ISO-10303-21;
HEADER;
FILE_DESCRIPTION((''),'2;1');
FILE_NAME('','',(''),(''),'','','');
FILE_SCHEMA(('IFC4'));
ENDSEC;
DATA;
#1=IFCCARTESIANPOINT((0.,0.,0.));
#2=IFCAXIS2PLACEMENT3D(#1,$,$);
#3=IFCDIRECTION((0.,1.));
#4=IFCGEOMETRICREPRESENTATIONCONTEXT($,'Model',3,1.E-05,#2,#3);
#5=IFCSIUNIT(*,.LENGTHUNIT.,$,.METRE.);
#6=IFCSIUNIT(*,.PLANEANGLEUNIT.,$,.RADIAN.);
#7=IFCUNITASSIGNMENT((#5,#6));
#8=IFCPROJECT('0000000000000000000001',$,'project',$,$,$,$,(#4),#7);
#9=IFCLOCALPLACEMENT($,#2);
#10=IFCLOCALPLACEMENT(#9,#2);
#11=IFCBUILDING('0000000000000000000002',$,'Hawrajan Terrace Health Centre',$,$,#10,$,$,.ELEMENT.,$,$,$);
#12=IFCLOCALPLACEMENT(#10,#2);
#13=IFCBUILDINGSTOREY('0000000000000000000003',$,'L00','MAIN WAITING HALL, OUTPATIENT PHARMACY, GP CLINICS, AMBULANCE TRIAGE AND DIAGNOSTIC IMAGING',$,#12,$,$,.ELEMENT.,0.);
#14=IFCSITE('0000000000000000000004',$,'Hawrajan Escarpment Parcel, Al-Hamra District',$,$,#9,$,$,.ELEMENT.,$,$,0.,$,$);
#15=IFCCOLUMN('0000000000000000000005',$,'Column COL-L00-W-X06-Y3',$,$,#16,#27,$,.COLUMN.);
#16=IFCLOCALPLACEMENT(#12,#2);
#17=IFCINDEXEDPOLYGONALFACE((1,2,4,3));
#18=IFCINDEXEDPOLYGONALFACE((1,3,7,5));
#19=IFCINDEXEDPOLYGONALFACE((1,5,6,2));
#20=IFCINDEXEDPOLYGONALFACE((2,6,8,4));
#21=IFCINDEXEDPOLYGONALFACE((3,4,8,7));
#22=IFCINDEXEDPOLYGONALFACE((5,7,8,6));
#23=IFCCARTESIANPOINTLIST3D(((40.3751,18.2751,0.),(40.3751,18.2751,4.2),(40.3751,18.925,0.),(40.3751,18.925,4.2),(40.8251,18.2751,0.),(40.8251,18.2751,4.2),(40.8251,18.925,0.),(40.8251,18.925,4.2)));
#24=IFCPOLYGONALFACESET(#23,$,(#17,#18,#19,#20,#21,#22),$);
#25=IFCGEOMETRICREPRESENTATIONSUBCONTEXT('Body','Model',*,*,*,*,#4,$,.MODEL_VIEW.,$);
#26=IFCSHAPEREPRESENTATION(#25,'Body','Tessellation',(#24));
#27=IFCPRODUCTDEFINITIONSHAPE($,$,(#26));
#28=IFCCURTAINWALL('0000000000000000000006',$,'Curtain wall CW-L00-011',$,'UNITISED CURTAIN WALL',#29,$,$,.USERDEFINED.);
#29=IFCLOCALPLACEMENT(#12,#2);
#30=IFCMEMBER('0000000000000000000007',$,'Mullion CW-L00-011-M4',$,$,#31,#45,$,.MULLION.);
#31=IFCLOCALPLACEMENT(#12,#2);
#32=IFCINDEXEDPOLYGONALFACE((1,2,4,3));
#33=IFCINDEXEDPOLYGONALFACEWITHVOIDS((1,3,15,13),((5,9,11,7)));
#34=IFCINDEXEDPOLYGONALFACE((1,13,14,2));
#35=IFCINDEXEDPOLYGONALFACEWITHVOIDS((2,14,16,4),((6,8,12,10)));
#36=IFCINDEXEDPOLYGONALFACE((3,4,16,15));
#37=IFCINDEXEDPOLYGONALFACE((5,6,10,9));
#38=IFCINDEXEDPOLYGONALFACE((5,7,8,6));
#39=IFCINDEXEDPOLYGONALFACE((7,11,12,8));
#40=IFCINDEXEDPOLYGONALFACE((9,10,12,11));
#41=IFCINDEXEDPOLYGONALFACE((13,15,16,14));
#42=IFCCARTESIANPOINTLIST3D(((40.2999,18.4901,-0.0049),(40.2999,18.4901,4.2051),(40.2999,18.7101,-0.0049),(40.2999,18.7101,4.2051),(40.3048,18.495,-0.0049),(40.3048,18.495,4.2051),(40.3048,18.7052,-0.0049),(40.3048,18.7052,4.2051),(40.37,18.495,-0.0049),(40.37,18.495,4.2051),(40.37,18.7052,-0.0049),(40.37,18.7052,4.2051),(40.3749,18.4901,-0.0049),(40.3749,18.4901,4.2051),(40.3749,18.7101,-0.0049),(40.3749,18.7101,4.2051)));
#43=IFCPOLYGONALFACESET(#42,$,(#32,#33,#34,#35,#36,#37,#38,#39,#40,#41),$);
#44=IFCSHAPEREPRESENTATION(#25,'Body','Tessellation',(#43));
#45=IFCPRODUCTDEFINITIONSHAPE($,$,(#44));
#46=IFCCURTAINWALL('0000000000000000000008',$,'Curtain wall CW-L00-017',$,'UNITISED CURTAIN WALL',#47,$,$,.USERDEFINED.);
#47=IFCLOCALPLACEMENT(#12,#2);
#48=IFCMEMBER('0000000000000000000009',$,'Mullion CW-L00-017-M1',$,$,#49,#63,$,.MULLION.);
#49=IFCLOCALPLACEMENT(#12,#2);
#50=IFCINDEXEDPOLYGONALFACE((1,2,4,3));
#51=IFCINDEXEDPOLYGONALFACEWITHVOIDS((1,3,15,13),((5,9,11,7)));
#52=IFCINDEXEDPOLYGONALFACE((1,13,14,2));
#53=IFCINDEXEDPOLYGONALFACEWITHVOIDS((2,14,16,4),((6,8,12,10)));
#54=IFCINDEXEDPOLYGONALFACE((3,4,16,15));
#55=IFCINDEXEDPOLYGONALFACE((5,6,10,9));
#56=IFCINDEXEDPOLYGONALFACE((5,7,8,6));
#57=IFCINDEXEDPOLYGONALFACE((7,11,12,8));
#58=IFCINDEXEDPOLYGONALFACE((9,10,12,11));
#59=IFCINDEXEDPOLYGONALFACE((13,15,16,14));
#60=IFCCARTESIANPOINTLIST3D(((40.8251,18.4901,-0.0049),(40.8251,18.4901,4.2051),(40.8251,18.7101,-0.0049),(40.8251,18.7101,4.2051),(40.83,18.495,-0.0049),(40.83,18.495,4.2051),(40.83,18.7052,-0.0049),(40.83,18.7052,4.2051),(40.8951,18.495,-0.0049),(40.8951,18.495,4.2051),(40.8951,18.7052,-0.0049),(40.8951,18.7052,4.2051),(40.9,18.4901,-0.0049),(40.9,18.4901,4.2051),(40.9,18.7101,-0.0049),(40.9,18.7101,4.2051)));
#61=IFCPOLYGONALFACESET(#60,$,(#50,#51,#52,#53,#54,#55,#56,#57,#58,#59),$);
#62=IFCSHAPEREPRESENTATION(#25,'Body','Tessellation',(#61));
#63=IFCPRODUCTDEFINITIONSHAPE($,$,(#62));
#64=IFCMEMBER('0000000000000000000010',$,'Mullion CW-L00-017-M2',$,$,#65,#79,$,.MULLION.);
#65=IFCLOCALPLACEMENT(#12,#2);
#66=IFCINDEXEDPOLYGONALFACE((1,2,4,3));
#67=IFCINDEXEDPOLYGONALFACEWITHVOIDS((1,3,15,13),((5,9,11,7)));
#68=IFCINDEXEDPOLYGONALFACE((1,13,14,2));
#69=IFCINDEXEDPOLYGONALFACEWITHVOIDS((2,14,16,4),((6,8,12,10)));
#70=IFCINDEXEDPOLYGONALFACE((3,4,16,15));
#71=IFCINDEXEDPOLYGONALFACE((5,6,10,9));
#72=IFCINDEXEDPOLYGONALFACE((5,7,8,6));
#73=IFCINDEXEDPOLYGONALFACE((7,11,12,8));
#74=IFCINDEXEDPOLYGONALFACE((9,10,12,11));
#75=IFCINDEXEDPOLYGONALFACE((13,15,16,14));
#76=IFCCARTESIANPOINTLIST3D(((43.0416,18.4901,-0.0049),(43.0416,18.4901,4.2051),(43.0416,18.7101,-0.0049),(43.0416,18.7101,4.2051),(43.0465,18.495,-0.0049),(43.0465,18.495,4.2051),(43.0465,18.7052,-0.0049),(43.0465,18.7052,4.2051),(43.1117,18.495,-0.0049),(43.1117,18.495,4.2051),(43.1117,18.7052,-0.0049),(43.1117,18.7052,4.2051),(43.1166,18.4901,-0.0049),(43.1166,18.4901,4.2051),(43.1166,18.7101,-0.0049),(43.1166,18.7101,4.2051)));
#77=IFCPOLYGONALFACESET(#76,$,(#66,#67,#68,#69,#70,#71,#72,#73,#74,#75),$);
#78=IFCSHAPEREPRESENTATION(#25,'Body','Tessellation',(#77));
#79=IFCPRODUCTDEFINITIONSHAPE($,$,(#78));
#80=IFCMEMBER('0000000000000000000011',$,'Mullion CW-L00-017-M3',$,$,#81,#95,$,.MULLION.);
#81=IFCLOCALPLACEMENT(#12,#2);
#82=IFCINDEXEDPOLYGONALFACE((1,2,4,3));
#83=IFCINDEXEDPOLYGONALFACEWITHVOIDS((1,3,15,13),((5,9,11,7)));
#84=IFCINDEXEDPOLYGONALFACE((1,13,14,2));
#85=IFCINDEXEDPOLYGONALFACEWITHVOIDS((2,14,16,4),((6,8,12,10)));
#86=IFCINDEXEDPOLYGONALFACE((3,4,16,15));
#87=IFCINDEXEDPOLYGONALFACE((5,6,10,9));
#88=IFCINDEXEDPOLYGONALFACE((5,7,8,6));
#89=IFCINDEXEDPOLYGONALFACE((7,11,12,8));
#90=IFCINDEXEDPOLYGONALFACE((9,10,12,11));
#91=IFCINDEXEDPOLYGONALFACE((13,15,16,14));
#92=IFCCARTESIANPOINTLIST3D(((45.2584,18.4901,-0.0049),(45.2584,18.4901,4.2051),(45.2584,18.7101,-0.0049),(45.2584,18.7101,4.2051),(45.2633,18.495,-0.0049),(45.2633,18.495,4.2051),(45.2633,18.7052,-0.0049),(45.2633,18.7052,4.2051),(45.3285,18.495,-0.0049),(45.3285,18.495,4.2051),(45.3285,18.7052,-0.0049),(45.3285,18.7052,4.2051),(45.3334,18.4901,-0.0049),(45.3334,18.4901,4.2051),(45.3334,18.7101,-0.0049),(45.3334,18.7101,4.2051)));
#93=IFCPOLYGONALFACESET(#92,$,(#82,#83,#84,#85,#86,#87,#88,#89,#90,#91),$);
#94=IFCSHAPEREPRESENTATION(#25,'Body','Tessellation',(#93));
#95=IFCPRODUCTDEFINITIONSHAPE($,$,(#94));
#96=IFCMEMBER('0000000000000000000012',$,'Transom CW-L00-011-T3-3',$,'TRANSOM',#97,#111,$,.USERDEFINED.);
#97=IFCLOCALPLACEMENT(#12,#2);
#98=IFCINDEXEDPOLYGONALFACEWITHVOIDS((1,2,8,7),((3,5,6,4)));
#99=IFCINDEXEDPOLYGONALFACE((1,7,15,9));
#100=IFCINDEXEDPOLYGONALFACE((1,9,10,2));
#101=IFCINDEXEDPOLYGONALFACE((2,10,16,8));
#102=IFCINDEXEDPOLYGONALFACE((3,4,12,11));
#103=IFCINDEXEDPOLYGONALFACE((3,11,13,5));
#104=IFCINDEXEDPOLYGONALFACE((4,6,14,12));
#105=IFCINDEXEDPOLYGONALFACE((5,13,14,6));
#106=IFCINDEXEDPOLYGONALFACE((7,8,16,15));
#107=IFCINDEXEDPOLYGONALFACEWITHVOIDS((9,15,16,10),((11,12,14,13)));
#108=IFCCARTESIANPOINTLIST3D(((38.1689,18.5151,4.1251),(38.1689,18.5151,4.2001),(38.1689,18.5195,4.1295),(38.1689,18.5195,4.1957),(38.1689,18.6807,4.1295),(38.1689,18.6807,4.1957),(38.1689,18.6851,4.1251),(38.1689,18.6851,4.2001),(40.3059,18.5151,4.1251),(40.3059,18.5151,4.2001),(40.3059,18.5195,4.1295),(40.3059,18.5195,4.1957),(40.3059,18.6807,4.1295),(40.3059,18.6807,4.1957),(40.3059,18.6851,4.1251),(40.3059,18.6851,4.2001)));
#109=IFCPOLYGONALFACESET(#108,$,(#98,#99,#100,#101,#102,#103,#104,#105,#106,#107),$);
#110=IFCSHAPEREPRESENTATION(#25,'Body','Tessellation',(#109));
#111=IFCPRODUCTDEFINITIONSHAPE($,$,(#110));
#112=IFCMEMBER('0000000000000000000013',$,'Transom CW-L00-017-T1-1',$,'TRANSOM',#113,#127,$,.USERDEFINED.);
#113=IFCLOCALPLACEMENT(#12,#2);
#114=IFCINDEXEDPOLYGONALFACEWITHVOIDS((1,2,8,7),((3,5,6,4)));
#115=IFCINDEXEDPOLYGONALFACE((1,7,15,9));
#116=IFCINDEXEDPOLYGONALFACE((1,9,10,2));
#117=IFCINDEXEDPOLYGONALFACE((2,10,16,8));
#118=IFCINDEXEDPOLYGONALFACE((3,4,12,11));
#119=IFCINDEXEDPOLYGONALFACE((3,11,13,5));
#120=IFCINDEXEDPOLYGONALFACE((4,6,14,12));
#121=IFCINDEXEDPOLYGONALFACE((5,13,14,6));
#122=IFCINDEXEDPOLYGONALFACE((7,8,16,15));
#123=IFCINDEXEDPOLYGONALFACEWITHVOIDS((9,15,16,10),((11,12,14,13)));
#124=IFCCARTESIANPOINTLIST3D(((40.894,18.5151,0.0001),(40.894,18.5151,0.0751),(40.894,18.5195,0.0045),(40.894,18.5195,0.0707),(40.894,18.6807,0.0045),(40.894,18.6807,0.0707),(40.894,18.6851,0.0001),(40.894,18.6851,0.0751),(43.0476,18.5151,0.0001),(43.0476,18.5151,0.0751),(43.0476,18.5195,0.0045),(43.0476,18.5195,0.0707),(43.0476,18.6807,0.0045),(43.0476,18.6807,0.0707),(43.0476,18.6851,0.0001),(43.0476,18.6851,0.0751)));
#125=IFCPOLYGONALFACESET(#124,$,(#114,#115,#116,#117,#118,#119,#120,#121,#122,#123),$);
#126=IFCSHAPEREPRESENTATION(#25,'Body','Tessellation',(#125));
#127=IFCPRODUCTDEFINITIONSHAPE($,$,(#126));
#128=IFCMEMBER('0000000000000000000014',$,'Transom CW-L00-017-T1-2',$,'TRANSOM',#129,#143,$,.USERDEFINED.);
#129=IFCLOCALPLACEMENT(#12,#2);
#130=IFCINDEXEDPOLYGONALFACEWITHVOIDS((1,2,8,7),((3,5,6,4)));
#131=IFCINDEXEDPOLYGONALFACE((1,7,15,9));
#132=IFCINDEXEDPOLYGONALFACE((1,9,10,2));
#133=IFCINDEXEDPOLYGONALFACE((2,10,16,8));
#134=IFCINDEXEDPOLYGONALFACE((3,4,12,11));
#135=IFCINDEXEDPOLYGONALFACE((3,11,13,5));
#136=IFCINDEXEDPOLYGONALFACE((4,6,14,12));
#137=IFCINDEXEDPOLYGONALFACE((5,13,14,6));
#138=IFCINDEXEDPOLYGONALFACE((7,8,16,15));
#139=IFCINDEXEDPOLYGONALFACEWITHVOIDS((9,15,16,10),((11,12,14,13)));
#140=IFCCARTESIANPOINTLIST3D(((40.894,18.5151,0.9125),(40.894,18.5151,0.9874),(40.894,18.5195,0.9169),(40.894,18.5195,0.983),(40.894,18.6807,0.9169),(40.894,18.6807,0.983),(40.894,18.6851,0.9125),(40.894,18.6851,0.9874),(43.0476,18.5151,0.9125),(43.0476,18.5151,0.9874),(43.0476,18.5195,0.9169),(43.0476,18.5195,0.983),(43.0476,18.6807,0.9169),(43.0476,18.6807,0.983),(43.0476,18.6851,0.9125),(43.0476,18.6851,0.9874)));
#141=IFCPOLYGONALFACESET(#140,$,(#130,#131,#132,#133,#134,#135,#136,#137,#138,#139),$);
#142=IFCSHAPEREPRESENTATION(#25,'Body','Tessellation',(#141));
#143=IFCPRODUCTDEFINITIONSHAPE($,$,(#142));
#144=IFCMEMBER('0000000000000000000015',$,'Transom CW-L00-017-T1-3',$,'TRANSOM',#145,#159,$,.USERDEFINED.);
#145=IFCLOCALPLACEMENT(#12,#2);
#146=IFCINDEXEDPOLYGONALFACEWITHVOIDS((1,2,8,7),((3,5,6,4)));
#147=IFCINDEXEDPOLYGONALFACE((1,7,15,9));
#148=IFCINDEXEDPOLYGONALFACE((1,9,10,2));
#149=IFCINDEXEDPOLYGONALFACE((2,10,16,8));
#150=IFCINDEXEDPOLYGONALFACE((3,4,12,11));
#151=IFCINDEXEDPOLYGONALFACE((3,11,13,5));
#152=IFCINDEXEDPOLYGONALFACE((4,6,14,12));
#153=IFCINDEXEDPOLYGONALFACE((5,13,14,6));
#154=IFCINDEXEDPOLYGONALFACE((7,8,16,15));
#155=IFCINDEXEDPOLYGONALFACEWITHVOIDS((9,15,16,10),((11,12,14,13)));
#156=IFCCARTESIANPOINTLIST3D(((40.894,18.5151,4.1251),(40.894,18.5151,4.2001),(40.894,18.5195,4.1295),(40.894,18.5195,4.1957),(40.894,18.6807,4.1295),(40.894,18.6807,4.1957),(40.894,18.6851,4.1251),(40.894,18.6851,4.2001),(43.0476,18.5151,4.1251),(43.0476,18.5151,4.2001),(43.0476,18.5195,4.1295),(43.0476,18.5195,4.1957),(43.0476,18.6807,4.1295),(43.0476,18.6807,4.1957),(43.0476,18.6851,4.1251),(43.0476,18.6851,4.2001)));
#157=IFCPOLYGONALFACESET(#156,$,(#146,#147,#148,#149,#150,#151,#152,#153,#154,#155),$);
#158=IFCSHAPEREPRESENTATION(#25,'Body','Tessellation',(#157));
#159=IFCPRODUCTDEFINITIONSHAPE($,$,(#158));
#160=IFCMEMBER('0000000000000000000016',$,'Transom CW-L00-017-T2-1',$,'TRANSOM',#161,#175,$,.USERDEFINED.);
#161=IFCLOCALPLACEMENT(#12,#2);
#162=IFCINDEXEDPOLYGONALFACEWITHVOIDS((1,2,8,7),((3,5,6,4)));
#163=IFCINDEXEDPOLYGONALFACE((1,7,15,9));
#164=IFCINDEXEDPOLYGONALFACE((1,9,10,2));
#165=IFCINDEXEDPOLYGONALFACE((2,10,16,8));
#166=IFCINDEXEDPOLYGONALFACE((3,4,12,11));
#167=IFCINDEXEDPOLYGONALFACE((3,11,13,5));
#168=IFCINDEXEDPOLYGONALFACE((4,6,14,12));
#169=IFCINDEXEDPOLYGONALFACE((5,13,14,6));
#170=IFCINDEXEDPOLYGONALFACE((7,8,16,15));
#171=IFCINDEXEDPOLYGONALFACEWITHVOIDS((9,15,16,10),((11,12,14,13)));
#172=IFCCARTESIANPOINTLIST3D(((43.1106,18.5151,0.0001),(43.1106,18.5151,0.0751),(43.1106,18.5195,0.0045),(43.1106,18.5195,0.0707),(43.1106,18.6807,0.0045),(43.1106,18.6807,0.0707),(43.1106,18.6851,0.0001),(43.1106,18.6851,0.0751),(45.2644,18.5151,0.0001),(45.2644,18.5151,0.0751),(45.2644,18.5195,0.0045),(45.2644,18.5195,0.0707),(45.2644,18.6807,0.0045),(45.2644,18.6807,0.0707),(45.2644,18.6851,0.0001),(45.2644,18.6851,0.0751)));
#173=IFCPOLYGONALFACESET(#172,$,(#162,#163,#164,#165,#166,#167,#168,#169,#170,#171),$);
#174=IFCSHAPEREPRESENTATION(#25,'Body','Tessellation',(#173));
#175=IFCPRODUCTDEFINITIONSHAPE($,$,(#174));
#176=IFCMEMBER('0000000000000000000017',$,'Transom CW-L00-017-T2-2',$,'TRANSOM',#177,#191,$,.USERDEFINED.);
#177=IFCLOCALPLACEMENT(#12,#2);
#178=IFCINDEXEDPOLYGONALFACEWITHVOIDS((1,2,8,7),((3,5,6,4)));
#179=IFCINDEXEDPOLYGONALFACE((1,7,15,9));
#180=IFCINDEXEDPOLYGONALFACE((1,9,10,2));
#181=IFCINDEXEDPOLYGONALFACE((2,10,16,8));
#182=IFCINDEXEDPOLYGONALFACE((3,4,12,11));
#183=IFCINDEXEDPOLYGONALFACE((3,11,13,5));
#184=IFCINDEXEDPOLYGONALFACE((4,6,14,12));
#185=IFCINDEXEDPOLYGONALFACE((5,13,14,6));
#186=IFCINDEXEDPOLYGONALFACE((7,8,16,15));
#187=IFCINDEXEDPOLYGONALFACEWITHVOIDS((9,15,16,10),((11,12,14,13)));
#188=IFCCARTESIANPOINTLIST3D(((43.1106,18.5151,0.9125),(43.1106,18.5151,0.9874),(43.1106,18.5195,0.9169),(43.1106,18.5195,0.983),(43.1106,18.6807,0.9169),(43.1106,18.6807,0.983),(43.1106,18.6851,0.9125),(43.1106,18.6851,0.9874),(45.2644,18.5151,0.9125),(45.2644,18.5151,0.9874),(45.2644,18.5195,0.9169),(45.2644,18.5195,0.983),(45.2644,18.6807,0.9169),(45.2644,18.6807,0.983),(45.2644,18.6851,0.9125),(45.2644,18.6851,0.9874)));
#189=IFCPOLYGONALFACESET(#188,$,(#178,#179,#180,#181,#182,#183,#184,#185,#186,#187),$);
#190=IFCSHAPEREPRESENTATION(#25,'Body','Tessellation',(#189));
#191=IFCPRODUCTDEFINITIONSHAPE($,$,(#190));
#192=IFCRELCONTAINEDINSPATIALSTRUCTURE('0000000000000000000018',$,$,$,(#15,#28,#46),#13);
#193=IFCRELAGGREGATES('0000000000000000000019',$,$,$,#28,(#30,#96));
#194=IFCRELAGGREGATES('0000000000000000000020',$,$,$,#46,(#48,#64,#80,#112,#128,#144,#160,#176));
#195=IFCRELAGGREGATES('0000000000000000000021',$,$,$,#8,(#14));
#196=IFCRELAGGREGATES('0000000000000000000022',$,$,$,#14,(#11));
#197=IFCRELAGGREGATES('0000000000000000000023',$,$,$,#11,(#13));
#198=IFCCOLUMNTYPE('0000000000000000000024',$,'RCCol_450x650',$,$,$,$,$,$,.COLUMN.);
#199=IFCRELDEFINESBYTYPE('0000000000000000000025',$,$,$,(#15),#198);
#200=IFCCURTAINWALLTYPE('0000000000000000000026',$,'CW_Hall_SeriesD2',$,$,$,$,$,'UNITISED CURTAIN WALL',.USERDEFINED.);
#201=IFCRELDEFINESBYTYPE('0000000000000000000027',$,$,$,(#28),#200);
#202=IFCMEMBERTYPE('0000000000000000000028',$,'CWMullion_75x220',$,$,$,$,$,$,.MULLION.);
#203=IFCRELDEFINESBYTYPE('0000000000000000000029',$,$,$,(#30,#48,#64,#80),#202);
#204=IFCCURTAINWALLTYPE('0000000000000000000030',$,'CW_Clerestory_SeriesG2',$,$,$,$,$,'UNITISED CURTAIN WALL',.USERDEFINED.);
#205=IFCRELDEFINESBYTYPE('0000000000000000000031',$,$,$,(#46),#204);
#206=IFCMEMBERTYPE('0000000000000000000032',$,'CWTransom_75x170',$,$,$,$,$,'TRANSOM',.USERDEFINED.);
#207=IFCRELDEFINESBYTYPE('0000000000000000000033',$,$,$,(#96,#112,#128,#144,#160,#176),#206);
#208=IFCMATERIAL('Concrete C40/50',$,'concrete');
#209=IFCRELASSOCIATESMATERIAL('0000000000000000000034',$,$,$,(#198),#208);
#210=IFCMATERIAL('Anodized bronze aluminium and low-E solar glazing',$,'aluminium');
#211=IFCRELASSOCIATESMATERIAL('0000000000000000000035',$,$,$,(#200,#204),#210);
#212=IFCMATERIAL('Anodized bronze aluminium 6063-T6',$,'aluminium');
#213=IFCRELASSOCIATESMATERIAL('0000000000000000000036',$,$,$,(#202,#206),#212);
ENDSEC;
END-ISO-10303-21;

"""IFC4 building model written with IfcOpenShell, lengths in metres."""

from ifc_helpers import new_model, si_unit, direction, frame, origin, origin_2d, place, context, subcontext, project, spatial, rectangle, hollow_rectangle, extrude, material, material_profile, profile_set, type_object, element, aggregate, save


model = new_model("IFC4")

# Units and contexts
model_context = context("Model", 3, precision=1e-05, world=origin(), true_north=direction((0.0, 1.0)))
body_context = subcontext(model_context, "Body", "Model", "MODEL_VIEW")
ifc_project = project(units=[si_unit("LENGTHUNIT", "METRE"), si_unit("PLANEANGLEUNIT", "RADIAN")], contexts=[model_context])

# Site, building, storey
site_placement = place(None, origin())
site = spatial("IfcSite", under=ifc_project, at=site_placement, Name="Hawrajan Escarpment Parcel, Al-Hamra District", CompositionType="ELEMENT", RefElevation=0.0)
building_placement = place(site_placement, origin())
building = spatial("IfcBuilding", under=site, at=building_placement, Name="Hawrajan Terrace Health Centre", CompositionType="ELEMENT")
storey_placement = place(building_placement, origin())
storey = spatial("IfcBuildingStorey", under=building, at=storey_placement, Name="L00", Description="MAIN WAITING HALL, OUTPATIENT PHARMACY, GP CLINICS, AMBULANCE TRIAGE AND DIAGNOSTIC IMAGING", CompositionType="ELEMENT", Elevation=0.0)

# Column
ifc_material_1 = material(Name="Concrete C40/50", Category="concrete")
ifc_material_profile_1 = material_profile(ifc_material_1, rectangle(XDim=0.45, YDim=0.6499, at=origin_2d()), Name="RC 450x650")
ifc_profile_set_1 = profile_set([ifc_material_profile_1], Name="Concrete C40/50")
column_type = type_object("IfcColumnType", Name="RCCol_450x650", PredefinedType="COLUMN", material=ifc_profile_set_1)
column_placement = place(storey_placement, frame((40.6001, 18.6001, 0.0), z_axis=(0.0, 0.0, 1.0), x_axis=(1.0, 0.0, 0.0)))
element("IfcColumn", 1, at=column_placement, inside=storey, type_object=column_type, Name="Column COL-L00-W-X06-Y3", PredefinedType="COLUMN", context=body_context, shape_type="SweptSolid", body=[
    extrude(rectangle(XDim=0.45, YDim=0.6499, at=origin_2d()), origin(), (0.0, 0.0, 1.0), 4.2),
])

# Curtain wall, member
ifc_material_2 = material(Name="Anodized bronze aluminium and low-E solar glazing", Category="aluminium")
curtain_wall_type_1 = type_object("IfcCurtainWallType", Name="CW_Hall_SeriesD2", ElementType="UNITISED CURTAIN WALL", PredefinedType="USERDEFINED", material=ifc_material_2)
curtain_wall_1_placement = place(storey_placement, origin())
curtain_wall_1 = element("IfcCurtainWall", 2, at=curtain_wall_1_placement, inside=storey, type_object=curtain_wall_type_1, Name="Curtain wall CW-L00-011", ObjectType="UNITISED CURTAIN WALL", PredefinedType="USERDEFINED")
ifc_material_3 = material(Name="Anodized bronze aluminium 6063-T6", Category="aluminium")
ifc_material_profile_2 = material_profile(ifc_material_3, hollow_rectangle(XDim=0.075, YDim=0.22, WallThickness=0.0049, at=origin_2d()), Name="CW MUL 75x220")
ifc_profile_set_2 = profile_set([ifc_material_profile_2], Name="Anodized bronze aluminium 6063-T6")
member_type_1 = type_object("IfcMemberType", Name="CWMullion_75x220", PredefinedType="MULLION", material=ifc_profile_set_2)
member_1_placement = place(storey_placement, frame((40.3374, 18.6001, -0.0049), z_axis=(0.0, 0.0, 1.0), x_axis=(1.0, 0.0, 0.0)))
member_1 = element("IfcMember", 3, at=member_1_placement, type_object=member_type_1, Name="Mullion CW-L00-011-M4", PredefinedType="MULLION", context=body_context, shape_type="SweptSolid", body=[
    extrude(hollow_rectangle(XDim=0.075, YDim=0.22, WallThickness=0.0049, at=origin_2d()), origin(), (0.0, 0.0, 1.0), 4.21),
])

# Curtain wall, members
curtain_wall_type_2 = type_object("IfcCurtainWallType", Name="CW_Clerestory_SeriesG2", ElementType="UNITISED CURTAIN WALL", PredefinedType="USERDEFINED", material=ifc_material_2)
curtain_wall_2_placement = place(storey_placement, origin())
curtain_wall_2 = element("IfcCurtainWall", 4, at=curtain_wall_2_placement, inside=storey, type_object=curtain_wall_type_2, Name="Curtain wall CW-L00-017", ObjectType="UNITISED CURTAIN WALL", PredefinedType="USERDEFINED")
member_2_placement = place(storey_placement, frame((40.8625, 18.6001, -0.0049), z_axis=(0.0, 0.0, 1.0), x_axis=(1.0, 0.0, 0.0)))
member_2 = element("IfcMember", 5, at=member_2_placement, type_object=member_type_1, Name="Mullion CW-L00-017-M1", PredefinedType="MULLION", context=body_context, shape_type="SweptSolid", body=[
    extrude(hollow_rectangle(XDim=0.075, YDim=0.22, WallThickness=0.0049, at=origin_2d()), origin(), (0.0, 0.0, 1.0), 4.21),
])
member_3_placement = place(storey_placement, frame((43.0791, 18.6001, -0.0049), z_axis=(0.0, 0.0, 1.0), x_axis=(1.0, 0.0, 0.0)))
member_3 = element("IfcMember", 6, at=member_3_placement, type_object=member_type_1, Name="Mullion CW-L00-017-M2", PredefinedType="MULLION", context=body_context, shape_type="SweptSolid", body=[
    extrude(hollow_rectangle(XDim=0.075, YDim=0.22, WallThickness=0.0049, at=origin_2d()), origin(), (0.0, 0.0, 1.0), 4.21),
])
member_4_placement = place(storey_placement, frame((45.2959, 18.6001, -0.0049), z_axis=(0.0, 0.0, 1.0), x_axis=(1.0, 0.0, 0.0)))
member_4 = element("IfcMember", 7, at=member_4_placement, type_object=member_type_1, Name="Mullion CW-L00-017-M3", PredefinedType="MULLION", context=body_context, shape_type="SweptSolid", body=[
    extrude(hollow_rectangle(XDim=0.075, YDim=0.22, WallThickness=0.0049, at=origin_2d()), origin(), (0.0, 0.0, 1.0), 4.21),
])

# Members
ifc_material_profile_3 = material_profile(ifc_material_3, hollow_rectangle(XDim=0.075, YDim=0.1699, WallThickness=0.0044, at=origin_2d()), Name="CW TRN 75x170")
ifc_profile_set_3 = profile_set([ifc_material_profile_3], Name="Anodized bronze aluminium 6063-T6")
member_type_2 = type_object("IfcMemberType", Name="CWTransom_75x170", ElementType="TRANSOM", PredefinedType="USERDEFINED", material=ifc_profile_set_3)
member_5_placement = place(storey_placement, frame((38.1689, 18.6001, 4.1626), z_axis=(1.0, 0.0, 0.0), x_axis=(0.0, 0.0, 1.0)))
member_5 = element("IfcMember", 8, at=member_5_placement, type_object=member_type_2, Name="Transom CW-L00-011-T3-3", ObjectType="TRANSOM", PredefinedType="USERDEFINED", context=body_context, shape_type="SweptSolid", body=[
    extrude(hollow_rectangle(XDim=0.075, YDim=0.1699, WallThickness=0.0044, at=origin_2d()), origin(), (0.0, 0.0, 1.0), 2.137),
])
member_6_placement = place(storey_placement, frame((40.894, 18.6001, 0.0376), z_axis=(1.0, 0.0, 0.0), x_axis=(0.0, 0.0, 1.0)))
member_6 = element("IfcMember", 9, at=member_6_placement, type_object=member_type_2, Name="Transom CW-L00-017-T1-1", ObjectType="TRANSOM", PredefinedType="USERDEFINED", context=body_context, shape_type="SweptSolid", body=[
    extrude(hollow_rectangle(XDim=0.075, YDim=0.1699, WallThickness=0.0044, at=origin_2d()), origin(), (0.0, 0.0, 1.0), 2.1536),
])
member_7_placement = place(storey_placement, frame((40.894, 18.6001, 0.95), z_axis=(1.0, 0.0, 0.0), x_axis=(0.0, 0.0, 1.0)))
member_7 = element("IfcMember", 10, at=member_7_placement, type_object=member_type_2, Name="Transom CW-L00-017-T1-2", ObjectType="TRANSOM", PredefinedType="USERDEFINED", context=body_context, shape_type="SweptSolid", body=[
    extrude(hollow_rectangle(XDim=0.075, YDim=0.1699, WallThickness=0.0044, at=origin_2d()), origin(), (0.0, 0.0, 1.0), 2.1536),
])
member_8_placement = place(storey_placement, frame((40.894, 18.6001, 4.1626), z_axis=(1.0, 0.0, 0.0), x_axis=(0.0, 0.0, 1.0)))
member_8 = element("IfcMember", 11, at=member_8_placement, type_object=member_type_2, Name="Transom CW-L00-017-T1-3", ObjectType="TRANSOM", PredefinedType="USERDEFINED", context=body_context, shape_type="SweptSolid", body=[
    extrude(hollow_rectangle(XDim=0.075, YDim=0.1699, WallThickness=0.0044, at=origin_2d()), origin(), (0.0, 0.0, 1.0), 2.1536),
])
member_9_placement = place(storey_placement, frame((43.1106, 18.6001, 0.0376), z_axis=(1.0, 0.0, 0.0), x_axis=(0.0, 0.0, 1.0)))
member_9 = element("IfcMember", 12, at=member_9_placement, type_object=member_type_2, Name="Transom CW-L00-017-T2-1", ObjectType="TRANSOM", PredefinedType="USERDEFINED", context=body_context, shape_type="SweptSolid", body=[
    extrude(hollow_rectangle(XDim=0.075, YDim=0.1699, WallThickness=0.0044, at=origin_2d()), origin(), (0.0, 0.0, 1.0), 2.1538),
])
member_10_placement = place(storey_placement, frame((43.1106, 18.6001, 0.95), z_axis=(1.0, 0.0, 0.0), x_axis=(0.0, 0.0, 1.0)))
member_10 = element("IfcMember", 13, at=member_10_placement, type_object=member_type_2, Name="Transom CW-L00-017-T2-2", ObjectType="TRANSOM", PredefinedType="USERDEFINED", context=body_context, shape_type="SweptSolid", body=[
    extrude(hollow_rectangle(XDim=0.075, YDim=0.1699, WallThickness=0.0044, at=origin_2d()), origin(), (0.0, 0.0, 1.0), 2.1538),
])

aggregate(curtain_wall_1, [member_1, member_5])
aggregate(curtain_wall_2, [member_2, member_3, member_4, member_6, member_7, member_8, member_9, member_10])

save(model, "model.ifc")
